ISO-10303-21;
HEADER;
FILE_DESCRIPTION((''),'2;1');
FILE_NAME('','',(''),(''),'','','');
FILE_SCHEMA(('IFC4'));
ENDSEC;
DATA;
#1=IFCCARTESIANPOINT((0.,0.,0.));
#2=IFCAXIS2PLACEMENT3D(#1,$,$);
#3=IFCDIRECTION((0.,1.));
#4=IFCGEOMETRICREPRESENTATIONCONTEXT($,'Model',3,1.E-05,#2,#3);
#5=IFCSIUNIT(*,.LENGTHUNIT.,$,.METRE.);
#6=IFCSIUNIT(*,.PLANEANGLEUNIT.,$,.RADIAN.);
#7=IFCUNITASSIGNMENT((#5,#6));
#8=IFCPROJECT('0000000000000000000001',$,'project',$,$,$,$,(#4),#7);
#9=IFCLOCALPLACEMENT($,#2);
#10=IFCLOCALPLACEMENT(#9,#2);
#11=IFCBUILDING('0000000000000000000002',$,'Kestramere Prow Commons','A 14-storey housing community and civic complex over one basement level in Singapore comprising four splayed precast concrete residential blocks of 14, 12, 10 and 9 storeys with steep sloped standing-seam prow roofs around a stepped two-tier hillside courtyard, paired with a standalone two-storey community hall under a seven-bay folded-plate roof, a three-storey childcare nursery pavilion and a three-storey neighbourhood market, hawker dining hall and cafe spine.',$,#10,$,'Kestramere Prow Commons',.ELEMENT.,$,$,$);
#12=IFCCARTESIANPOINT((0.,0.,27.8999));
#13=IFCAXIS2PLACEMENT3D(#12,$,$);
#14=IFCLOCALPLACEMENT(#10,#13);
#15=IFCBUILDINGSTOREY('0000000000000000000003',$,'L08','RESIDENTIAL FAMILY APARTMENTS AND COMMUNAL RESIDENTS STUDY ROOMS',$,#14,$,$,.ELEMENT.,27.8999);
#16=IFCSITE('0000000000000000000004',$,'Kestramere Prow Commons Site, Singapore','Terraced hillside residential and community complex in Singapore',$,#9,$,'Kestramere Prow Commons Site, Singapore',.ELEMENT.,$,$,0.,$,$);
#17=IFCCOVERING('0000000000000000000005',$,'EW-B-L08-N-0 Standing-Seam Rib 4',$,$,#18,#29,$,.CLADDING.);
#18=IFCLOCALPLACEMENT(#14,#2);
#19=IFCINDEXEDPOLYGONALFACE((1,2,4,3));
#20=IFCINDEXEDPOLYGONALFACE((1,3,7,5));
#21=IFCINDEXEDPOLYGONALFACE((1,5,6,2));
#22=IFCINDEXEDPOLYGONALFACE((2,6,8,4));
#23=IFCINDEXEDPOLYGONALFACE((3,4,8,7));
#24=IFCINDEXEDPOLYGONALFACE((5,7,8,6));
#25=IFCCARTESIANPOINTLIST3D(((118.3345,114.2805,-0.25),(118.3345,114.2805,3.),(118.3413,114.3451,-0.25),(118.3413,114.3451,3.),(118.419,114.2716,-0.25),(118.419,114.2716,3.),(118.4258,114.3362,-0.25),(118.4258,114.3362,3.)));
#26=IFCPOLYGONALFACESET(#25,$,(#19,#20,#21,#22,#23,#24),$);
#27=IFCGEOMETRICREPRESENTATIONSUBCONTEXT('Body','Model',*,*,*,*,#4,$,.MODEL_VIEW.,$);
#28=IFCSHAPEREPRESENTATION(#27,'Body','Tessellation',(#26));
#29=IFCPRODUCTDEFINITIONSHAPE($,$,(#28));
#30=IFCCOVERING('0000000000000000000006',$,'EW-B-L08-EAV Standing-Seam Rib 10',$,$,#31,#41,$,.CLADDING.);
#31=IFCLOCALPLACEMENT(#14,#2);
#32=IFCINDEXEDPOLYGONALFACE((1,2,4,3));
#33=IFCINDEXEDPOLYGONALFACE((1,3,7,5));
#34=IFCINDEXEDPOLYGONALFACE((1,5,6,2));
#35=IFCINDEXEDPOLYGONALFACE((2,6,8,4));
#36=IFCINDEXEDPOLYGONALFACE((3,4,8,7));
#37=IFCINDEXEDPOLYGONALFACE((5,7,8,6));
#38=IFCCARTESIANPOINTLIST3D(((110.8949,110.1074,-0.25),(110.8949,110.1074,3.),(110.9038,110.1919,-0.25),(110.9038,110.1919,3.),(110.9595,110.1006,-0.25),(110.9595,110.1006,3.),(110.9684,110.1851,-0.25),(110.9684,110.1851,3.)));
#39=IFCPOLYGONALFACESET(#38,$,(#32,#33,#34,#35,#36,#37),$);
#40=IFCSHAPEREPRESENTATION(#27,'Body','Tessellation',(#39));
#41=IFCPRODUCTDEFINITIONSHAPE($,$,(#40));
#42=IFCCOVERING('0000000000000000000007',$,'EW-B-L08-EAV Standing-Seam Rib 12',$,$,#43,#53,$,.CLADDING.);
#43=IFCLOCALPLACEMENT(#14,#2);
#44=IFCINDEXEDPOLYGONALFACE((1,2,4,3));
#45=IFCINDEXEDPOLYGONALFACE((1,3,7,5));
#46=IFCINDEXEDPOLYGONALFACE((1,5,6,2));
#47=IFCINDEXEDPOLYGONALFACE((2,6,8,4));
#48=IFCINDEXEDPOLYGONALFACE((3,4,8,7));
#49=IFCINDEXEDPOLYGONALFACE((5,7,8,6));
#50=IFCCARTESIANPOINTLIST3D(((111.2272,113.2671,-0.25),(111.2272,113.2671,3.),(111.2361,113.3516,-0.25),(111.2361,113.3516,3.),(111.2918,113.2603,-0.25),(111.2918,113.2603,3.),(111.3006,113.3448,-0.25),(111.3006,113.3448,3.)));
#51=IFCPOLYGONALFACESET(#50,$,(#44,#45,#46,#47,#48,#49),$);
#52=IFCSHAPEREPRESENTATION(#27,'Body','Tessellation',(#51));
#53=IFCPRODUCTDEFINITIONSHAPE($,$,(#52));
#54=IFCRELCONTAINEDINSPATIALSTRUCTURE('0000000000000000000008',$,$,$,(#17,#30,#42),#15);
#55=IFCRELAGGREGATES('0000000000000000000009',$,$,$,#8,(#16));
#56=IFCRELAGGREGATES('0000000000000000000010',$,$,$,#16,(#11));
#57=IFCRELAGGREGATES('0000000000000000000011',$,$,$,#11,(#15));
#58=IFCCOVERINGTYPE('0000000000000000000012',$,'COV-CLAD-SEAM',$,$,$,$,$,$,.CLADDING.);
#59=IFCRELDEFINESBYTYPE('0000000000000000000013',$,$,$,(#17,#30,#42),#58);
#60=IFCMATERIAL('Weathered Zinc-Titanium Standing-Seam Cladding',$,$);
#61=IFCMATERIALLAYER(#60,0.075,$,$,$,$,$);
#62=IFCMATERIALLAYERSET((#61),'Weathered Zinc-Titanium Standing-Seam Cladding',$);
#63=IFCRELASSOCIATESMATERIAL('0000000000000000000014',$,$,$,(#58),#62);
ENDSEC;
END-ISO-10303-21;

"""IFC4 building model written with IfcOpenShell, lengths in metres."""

from ifc_helpers import new_model, si_unit, direction, frame, origin, origin_2d, place, context, subcontext, project, spatial, rectangle, extrude, material, layer, layer_set, type_object, element, save


model = new_model("IFC4")

# Units and contexts
model_context = context("Model", 3, precision=1e-05, world=origin(), true_north=direction((0.0, 1.0)))
body_context = subcontext(model_context, "Body", "Model", "MODEL_VIEW")
ifc_project = project(units=[si_unit("LENGTHUNIT", "METRE"), si_unit("PLANEANGLEUNIT", "RADIAN")], contexts=[model_context])

# Site, building, storey
site_placement = place(None, origin())
site = spatial("IfcSite", under=ifc_project, at=site_placement, Name="Kestramere Prow Commons Site, Singapore", Description="Terraced hillside residential and community complex in Singapore", LongName="Kestramere Prow Commons Site, Singapore", CompositionType="ELEMENT", RefElevation=0.0)
building_placement = place(site_placement, origin())
building = spatial("IfcBuilding", under=site, at=building_placement, Name="Kestramere Prow Commons", Description="A 14-storey housing community and civic complex over one basement level in Singapore comprising four splayed precast concrete residential blocks of 14, 12, 10 and 9 storeys with steep sloped standing-seam prow roofs around a stepped two-tier hillside courtyard, paired with a standalone two-storey community hall under a seven-bay folded-plate roof, a three-storey childcare nursery pavilion and a three-storey neighbourhood market, hawker dining hall and cafe spine.", LongName="Kestramere Prow Commons", CompositionType="ELEMENT")
storey_placement = place(building_placement, frame((0.0, 0.0, 27.8999)))
storey = spatial("IfcBuildingStorey", under=building, at=storey_placement, Name="L08", Description="RESIDENTIAL FAMILY APARTMENTS AND COMMUNAL RESIDENTS STUDY ROOMS", CompositionType="ELEMENT", Elevation=27.8999)

# Coverings
ifc_material_1 = material(Name="Weathered Zinc-Titanium Standing-Seam Cladding")
ifc_layer_1 = layer(ifc_material_1, 0.075)
ifc_layer_set_1 = layer_set([ifc_layer_1], Name="Weathered Zinc-Titanium Standing-Seam Cladding")
covering_type = type_object("IfcCoveringType", Name="COV-CLAD-SEAM", PredefinedType="CLADDING", material=ifc_layer_set_1)
for number, where, z_axis, x_axis, name in (
    (1, (118.3801, 114.3083, -0.25), (0.0, 0.0, 1.0), (0.994522, -0.104528, 0.0), "EW-B-L08-N-0 Standing-Seam Rib 4"),
    (2, (110.9316, 110.1462, -0.25), (0.0, 0.0, 1.0), (0.104528, 0.994522, 0.0), "EW-B-L08-EAV Standing-Seam Rib 10"),
    (3, (111.2639, 113.3059, -0.25), (0.0, 0.0, 1.0), (0.104528, 0.994522, 0.0), "EW-B-L08-EAV Standing-Seam Rib 12"),
):
    element("IfcCovering", number, at=place(storey_placement, frame(where, z_axis=z_axis, x_axis=x_axis)), inside=storey, type_object=covering_type, Name=name, PredefinedType="CLADDING", context=body_context, shape_type="SweptSolid", body=[
        extrude(rectangle(XDim=0.085, YDim=0.0649, at=origin_2d()), origin(), (0.0, 0.0, 1.0), 3.25),
    ])

save(model, "model.ifc")
